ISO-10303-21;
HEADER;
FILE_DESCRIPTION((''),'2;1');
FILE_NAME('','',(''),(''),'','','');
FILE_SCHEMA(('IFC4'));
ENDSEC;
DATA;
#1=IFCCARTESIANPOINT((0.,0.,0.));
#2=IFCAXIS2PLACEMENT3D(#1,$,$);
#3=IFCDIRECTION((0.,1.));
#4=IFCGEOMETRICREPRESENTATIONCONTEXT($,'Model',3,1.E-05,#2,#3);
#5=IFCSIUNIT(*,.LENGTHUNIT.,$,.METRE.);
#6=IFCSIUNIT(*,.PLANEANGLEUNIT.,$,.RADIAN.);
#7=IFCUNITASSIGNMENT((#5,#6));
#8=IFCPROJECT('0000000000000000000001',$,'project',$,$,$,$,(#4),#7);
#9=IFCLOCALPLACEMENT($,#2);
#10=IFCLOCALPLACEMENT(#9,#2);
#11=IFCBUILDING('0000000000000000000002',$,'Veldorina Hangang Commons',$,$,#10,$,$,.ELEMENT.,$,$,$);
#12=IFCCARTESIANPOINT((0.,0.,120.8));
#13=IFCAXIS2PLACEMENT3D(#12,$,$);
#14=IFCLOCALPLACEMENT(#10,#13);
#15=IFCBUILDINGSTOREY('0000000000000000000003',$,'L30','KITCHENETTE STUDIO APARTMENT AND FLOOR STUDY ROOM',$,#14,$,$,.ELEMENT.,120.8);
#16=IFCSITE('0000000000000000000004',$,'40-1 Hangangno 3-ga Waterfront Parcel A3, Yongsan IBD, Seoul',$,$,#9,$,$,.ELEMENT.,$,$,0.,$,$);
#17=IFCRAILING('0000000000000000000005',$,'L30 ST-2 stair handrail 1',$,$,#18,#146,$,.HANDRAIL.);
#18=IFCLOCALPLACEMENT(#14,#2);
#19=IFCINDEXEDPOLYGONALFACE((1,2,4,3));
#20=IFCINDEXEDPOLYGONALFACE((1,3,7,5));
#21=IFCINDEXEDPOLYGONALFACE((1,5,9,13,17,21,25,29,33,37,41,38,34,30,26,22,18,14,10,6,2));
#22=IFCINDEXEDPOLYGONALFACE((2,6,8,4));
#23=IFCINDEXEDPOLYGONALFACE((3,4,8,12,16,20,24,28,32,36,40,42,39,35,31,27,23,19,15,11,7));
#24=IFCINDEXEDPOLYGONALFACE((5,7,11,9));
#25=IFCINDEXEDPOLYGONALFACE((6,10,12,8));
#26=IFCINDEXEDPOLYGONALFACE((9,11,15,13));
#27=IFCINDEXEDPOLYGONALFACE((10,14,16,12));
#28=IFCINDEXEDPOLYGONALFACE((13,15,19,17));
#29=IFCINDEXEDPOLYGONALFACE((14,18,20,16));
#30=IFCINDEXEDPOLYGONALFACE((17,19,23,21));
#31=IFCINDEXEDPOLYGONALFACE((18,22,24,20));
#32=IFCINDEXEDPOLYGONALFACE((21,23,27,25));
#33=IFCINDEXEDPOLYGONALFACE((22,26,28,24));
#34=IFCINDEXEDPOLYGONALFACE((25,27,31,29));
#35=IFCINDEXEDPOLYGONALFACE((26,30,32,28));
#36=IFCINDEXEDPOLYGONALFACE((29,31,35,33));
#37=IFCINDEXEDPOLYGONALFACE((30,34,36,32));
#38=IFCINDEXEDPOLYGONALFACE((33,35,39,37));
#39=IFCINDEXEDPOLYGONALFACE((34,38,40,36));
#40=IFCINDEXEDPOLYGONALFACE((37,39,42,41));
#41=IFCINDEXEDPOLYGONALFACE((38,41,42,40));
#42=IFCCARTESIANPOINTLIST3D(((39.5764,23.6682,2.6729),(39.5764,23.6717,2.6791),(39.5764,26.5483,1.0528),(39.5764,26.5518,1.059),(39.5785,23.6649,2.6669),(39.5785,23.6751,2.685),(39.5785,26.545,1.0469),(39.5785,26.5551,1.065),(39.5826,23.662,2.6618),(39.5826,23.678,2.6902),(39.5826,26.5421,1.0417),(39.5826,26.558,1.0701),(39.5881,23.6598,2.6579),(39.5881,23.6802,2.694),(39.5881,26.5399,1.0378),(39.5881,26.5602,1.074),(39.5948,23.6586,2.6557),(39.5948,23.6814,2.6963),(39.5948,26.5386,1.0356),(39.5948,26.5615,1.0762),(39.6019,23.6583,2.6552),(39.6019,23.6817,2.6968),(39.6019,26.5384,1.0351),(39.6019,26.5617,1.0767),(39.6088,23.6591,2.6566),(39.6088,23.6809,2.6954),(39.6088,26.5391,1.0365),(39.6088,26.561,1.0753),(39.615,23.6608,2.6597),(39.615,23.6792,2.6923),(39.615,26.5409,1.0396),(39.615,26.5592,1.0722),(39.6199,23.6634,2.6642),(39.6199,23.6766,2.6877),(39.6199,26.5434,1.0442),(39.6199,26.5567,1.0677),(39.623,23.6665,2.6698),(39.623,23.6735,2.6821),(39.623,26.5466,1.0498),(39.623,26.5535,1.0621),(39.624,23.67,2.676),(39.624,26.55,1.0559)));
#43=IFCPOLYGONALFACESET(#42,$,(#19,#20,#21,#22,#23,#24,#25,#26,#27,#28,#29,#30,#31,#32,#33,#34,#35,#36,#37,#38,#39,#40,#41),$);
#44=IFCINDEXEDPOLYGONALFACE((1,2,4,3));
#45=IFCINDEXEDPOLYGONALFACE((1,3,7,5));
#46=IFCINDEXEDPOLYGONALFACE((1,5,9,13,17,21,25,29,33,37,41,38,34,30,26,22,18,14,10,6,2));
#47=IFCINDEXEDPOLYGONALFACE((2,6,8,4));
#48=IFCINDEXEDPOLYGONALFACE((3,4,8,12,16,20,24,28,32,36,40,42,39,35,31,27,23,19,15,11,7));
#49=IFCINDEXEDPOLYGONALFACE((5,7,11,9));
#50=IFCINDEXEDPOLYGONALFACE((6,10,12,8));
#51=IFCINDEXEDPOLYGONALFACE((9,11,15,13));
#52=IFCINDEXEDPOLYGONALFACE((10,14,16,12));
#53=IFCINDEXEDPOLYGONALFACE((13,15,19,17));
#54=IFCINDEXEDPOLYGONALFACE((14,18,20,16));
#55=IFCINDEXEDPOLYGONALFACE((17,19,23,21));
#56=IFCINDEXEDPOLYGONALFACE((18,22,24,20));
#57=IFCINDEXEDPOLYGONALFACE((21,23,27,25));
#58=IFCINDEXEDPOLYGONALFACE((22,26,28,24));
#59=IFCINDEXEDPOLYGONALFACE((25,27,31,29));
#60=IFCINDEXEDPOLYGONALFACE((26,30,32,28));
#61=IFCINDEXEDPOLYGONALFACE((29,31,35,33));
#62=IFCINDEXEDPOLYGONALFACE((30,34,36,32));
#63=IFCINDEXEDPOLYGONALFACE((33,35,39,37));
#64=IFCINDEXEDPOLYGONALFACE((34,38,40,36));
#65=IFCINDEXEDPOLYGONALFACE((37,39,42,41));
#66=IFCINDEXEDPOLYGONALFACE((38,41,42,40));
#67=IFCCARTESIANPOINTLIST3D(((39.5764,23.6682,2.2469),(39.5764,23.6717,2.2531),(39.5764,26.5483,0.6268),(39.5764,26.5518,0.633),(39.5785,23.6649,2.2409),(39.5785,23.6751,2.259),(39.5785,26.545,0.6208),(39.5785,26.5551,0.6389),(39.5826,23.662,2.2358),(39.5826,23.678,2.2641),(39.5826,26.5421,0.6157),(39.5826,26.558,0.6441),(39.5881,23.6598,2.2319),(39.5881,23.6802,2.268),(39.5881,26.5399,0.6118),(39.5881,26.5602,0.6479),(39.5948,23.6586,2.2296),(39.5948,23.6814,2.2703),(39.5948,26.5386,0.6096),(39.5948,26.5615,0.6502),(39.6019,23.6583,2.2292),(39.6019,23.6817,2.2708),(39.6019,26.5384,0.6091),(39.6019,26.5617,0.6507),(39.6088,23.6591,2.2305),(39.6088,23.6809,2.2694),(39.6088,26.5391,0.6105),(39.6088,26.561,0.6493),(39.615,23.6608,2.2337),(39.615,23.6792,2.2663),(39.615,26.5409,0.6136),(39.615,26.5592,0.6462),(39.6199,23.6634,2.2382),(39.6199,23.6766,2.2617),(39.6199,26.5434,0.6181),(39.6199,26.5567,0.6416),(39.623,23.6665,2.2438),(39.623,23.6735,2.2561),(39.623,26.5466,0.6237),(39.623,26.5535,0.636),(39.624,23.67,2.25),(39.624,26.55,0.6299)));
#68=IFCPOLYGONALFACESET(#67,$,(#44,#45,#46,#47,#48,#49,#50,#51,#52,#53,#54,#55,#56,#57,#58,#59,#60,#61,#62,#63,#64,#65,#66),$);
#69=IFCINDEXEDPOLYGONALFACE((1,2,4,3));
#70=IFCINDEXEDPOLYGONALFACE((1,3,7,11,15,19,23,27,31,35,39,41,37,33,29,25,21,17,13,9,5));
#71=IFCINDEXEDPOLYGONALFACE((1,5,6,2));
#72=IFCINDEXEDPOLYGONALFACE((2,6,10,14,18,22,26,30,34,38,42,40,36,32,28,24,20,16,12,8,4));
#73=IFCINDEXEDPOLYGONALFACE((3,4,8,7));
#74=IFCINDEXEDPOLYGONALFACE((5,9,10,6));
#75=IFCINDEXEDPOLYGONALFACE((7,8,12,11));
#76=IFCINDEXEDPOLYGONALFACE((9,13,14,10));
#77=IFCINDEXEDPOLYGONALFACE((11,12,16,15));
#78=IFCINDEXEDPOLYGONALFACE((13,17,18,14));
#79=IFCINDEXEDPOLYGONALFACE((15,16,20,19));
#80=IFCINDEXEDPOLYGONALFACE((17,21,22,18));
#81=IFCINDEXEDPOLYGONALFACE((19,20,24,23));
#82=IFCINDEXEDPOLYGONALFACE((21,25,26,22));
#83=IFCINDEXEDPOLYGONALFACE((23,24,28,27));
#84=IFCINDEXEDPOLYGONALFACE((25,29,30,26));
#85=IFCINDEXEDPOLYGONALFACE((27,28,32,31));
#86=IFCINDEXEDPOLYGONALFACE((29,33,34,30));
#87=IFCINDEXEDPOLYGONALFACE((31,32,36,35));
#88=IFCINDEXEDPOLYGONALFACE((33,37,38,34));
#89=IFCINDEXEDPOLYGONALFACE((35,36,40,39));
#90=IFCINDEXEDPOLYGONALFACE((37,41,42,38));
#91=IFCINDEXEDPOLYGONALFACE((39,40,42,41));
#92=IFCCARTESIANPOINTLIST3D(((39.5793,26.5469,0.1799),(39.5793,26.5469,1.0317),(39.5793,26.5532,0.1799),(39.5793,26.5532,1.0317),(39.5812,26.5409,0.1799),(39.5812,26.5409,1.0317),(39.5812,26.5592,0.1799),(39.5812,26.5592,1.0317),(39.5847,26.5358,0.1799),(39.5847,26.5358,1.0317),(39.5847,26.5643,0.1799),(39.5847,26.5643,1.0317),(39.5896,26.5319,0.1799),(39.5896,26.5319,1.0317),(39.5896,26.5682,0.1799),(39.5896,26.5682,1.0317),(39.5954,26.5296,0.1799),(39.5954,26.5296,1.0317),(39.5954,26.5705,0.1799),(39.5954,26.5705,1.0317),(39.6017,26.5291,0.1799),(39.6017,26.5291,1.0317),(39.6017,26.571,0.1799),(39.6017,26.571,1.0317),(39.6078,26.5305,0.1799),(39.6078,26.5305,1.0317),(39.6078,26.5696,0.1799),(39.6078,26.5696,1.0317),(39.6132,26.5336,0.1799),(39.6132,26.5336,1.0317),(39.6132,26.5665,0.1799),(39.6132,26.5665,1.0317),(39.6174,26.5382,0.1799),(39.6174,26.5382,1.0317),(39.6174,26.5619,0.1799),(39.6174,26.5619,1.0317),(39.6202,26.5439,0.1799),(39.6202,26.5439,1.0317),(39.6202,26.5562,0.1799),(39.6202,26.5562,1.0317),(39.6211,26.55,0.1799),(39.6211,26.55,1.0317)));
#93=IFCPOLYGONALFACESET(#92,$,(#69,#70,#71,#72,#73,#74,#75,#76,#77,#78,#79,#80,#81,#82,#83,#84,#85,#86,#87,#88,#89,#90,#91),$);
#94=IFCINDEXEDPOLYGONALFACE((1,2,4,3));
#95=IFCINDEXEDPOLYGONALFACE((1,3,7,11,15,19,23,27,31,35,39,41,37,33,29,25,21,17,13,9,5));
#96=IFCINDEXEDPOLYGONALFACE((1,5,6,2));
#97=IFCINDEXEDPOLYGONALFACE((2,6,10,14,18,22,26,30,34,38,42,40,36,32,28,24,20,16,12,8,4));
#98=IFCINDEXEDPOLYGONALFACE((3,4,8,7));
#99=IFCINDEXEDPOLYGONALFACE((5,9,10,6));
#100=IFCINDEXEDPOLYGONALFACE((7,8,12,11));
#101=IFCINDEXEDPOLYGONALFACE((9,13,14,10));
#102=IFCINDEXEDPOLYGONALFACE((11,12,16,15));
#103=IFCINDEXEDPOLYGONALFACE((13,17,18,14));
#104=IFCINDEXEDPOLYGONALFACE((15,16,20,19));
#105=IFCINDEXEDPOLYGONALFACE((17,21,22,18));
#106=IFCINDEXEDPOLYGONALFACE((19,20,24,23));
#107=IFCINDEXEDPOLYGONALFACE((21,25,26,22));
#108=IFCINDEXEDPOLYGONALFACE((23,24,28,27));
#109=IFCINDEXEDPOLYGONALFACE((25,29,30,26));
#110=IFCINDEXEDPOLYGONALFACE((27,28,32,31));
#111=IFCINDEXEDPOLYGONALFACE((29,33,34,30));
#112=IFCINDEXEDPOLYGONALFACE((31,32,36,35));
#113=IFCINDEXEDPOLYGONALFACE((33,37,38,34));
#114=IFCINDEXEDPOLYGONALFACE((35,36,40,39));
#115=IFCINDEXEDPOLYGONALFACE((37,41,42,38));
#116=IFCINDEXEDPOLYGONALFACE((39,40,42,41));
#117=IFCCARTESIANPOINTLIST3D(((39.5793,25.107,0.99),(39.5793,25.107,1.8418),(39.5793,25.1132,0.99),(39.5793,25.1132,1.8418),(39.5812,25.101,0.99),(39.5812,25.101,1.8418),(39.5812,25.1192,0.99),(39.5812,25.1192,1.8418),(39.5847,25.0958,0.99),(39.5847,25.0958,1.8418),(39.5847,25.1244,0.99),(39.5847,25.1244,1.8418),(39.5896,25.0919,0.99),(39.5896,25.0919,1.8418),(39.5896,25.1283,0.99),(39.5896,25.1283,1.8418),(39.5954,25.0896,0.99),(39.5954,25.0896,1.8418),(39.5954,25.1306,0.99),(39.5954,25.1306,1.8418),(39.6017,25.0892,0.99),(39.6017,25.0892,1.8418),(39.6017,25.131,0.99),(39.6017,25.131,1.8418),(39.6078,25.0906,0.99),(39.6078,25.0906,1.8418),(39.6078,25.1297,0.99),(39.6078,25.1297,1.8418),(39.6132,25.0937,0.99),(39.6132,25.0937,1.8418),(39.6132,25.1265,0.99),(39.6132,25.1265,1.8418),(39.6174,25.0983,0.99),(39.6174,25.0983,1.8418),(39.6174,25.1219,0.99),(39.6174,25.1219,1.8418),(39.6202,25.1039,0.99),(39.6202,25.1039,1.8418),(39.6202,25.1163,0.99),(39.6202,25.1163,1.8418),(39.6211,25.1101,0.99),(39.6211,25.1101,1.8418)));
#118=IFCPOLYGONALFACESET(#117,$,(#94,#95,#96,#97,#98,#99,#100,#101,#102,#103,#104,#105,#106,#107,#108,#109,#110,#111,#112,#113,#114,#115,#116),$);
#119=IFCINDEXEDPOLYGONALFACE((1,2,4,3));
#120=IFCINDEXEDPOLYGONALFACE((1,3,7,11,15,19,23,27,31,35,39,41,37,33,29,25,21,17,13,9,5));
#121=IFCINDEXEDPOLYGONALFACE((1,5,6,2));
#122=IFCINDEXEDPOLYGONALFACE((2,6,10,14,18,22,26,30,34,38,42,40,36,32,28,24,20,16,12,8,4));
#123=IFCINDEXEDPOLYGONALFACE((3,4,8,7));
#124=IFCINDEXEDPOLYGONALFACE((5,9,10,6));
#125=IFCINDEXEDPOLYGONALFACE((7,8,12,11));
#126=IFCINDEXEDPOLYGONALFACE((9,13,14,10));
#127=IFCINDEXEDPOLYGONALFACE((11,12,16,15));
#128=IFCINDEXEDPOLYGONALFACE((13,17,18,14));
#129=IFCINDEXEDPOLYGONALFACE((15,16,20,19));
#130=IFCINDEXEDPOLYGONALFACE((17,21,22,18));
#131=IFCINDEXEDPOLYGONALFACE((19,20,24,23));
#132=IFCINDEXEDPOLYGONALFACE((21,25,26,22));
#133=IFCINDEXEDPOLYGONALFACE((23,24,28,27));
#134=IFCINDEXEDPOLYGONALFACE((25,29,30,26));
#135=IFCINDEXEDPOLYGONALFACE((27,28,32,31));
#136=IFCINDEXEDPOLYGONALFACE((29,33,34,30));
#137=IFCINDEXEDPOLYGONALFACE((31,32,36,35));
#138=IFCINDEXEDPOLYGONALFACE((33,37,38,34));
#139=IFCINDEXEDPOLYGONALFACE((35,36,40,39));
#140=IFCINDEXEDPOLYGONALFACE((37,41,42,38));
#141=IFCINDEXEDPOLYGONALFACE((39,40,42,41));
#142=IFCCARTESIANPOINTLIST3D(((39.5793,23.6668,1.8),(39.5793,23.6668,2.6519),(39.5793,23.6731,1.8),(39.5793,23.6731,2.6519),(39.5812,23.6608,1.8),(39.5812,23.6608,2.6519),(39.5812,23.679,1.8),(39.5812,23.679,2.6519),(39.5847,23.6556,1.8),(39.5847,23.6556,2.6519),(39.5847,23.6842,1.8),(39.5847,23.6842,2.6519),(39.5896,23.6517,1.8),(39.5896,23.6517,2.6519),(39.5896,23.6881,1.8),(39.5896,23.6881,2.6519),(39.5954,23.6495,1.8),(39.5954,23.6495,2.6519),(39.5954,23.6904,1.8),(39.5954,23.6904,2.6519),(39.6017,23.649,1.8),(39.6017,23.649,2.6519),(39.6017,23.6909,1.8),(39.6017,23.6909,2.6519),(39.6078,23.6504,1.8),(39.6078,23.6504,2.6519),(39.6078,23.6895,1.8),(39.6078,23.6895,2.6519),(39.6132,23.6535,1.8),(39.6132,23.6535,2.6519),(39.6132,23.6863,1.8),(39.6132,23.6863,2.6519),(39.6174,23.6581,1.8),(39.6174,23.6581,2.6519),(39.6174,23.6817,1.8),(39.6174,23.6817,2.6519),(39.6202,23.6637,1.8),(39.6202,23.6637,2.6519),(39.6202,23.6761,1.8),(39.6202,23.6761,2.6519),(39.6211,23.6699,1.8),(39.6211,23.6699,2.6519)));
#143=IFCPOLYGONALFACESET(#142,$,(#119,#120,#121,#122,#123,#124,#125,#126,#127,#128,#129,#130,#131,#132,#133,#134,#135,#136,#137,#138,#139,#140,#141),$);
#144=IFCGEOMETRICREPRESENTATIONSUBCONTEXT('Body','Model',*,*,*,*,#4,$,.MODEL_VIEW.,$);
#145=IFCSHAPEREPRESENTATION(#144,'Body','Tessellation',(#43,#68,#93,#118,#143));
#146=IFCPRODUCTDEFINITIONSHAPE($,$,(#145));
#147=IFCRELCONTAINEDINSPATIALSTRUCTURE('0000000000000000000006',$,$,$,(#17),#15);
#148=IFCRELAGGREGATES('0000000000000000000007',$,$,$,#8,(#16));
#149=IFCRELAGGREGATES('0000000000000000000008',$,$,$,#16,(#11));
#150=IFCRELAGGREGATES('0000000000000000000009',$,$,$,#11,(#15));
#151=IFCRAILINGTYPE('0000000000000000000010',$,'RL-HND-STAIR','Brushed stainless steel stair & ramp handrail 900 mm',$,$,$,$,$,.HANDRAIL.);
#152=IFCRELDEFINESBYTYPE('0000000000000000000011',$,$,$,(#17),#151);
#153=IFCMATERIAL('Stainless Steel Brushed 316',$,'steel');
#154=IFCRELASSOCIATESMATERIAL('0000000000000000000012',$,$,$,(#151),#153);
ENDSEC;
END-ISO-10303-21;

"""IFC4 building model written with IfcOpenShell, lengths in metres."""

from ifc_helpers import new_model, si_unit, direction, frame, origin, origin_2d, place, context, subcontext, project, spatial, circle, extrude, material, type_object, element, save


model = new_model("IFC4")

# Units and contexts
model_context = context("Model", 3, precision=1e-05, world=origin(), true_north=direction((0.0, 1.0)))
body_context = subcontext(model_context, "Body", "Model", "MODEL_VIEW")
ifc_project = project(units=[si_unit("LENGTHUNIT", "METRE"), si_unit("PLANEANGLEUNIT", "RADIAN")], contexts=[model_context])

# Site, building, storey
site_placement = place(None, origin())
site = spatial("IfcSite", under=ifc_project, at=site_placement, Name="40-1 Hangangno 3-ga Waterfront Parcel A3, Yongsan IBD, Seoul", CompositionType="ELEMENT", RefElevation=0.0)
building_placement = place(site_placement, origin())
building = spatial("IfcBuilding", under=site, at=building_placement, Name="Veldorina Hangang Commons", CompositionType="ELEMENT")
storey_placement = place(building_placement, frame((0.0, 0.0, 120.8)))
storey = spatial("IfcBuildingStorey", under=building, at=storey_placement, Name="L30", Description="KITCHENETTE STUDIO APARTMENT AND FLOOR STUDY ROOM", CompositionType="ELEMENT", Elevation=120.8)

# Railing
ifc_material_1 = material(Name="Stainless Steel Brushed 316", Category="steel")
railing_type_1 = type_object("IfcRailingType", Name="RL-HND-STAIR", Description="Brushed stainless steel stair & ramp handrail 900 mm", PredefinedType="HANDRAIL", material=ifc_material_1)
railing_1_placement = place(storey_placement, frame((39.6001, 26.55, 0.1799)))
element("IfcRailing", 1, at=railing_1_placement, inside=storey, type_object=railing_type_1, Name="L30 ST-2 stair handrail 1", PredefinedType="HANDRAIL", context=body_context, shape_type="SweptSolid", body=[
    extrude(circle(Radius=0.0239, at=origin_2d()), frame((0.0, 0.0, 0.876), z_axis=(0.0, -0.87157, 0.490272), x_axis=(1.0, 0.0, 0.0)), (0.0, 0.0, 1.0), 3.3044),
    extrude(circle(Radius=0.0239, at=origin_2d()), frame((0.0, 0.0, 0.45), z_axis=(0.0, -0.87157, 0.490272), x_axis=(1.0, 0.0, 0.0)), (0.0, 0.0, 1.0), 3.3044),
    extrude(circle(Radius=0.021, at=origin_2d()), origin(), (0.0, 0.0, 1.0), 0.8518),
    extrude(circle(Radius=0.021, at=origin_2d()), frame((0.0, -1.4399, 0.8101)), (0.0, 0.0, 1.0), 0.8518),
    extrude(circle(Radius=0.021, at=origin_2d()), frame((0.0, -2.8801, 1.6201)), (0.0, 0.0, 1.0), 0.8518),
])

save(model, "model.ifc")
